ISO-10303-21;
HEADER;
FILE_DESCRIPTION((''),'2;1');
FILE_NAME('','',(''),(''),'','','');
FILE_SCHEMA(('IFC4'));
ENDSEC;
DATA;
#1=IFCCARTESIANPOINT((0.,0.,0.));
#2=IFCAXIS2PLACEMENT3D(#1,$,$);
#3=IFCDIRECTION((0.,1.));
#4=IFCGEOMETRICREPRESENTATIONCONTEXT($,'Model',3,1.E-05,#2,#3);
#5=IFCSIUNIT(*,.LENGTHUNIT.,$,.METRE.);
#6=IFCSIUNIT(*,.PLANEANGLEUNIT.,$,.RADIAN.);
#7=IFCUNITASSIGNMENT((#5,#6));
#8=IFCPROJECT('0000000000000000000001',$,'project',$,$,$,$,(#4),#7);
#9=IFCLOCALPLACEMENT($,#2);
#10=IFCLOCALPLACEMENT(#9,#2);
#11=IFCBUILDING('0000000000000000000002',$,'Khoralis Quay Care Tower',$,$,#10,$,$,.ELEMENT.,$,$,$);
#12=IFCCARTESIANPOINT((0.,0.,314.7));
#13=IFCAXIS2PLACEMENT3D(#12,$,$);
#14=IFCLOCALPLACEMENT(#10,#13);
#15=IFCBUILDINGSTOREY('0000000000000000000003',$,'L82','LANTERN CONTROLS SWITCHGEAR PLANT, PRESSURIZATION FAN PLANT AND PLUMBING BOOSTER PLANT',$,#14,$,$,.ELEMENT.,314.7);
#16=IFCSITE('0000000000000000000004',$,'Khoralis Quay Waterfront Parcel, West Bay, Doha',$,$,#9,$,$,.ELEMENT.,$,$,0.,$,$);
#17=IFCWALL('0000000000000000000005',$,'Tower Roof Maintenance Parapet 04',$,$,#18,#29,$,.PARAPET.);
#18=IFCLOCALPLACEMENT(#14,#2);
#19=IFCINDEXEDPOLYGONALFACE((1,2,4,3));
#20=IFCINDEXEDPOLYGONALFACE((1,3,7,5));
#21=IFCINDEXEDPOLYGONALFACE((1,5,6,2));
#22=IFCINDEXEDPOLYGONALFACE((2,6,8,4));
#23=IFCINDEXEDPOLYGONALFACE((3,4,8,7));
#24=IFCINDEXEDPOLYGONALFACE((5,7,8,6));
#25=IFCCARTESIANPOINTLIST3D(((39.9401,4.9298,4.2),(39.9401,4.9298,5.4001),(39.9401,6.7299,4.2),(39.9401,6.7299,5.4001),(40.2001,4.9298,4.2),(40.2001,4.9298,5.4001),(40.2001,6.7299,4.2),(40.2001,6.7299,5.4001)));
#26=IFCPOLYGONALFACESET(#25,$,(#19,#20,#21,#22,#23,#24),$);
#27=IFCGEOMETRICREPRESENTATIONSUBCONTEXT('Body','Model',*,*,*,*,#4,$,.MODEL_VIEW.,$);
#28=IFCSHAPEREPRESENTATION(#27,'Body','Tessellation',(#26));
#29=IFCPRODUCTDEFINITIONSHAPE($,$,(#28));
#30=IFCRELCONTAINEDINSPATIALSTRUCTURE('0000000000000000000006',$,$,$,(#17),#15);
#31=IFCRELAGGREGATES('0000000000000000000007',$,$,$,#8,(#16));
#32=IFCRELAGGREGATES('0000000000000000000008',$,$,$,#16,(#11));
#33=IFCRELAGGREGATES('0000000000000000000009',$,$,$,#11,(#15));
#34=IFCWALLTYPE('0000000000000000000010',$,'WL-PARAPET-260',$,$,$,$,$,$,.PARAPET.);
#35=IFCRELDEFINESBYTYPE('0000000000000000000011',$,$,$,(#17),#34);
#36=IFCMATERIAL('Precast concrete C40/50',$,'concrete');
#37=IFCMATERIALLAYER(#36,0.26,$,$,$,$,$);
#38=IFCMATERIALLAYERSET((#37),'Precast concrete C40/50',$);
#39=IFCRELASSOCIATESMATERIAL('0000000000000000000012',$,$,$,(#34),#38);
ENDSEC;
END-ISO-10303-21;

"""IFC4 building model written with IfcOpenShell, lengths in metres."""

from ifc_helpers import new_model, si_unit, direction, frame, frame_2d, origin, place, context, subcontext, project, spatial, rectangle, extrude, material, layer, layer_set, type_object, element, save


model = new_model("IFC4")

# Units and contexts
model_context = context("Model", 3, precision=1e-05, world=origin(), true_north=direction((0.0, 1.0)))
body_context = subcontext(model_context, "Body", "Model", "MODEL_VIEW")
ifc_project = project(units=[si_unit("LENGTHUNIT", "METRE"), si_unit("PLANEANGLEUNIT", "RADIAN")], contexts=[model_context])

# Site, building, storey
site_placement = place(None, origin())
site = spatial("IfcSite", under=ifc_project, at=site_placement, Name="Khoralis Quay Waterfront Parcel, West Bay, Doha", CompositionType="ELEMENT", RefElevation=0.0)
building_placement = place(site_placement, origin())
building = spatial("IfcBuilding", under=site, at=building_placement, Name="Khoralis Quay Care Tower", CompositionType="ELEMENT")
storey_placement = place(building_placement, frame((0.0, 0.0, 314.7)))
storey = spatial("IfcBuildingStorey", under=building, at=storey_placement, Name="L82", Description="LANTERN CONTROLS SWITCHGEAR PLANT, PRESSURIZATION FAN PLANT AND PLUMBING BOOSTER PLANT", CompositionType="ELEMENT", Elevation=314.7)

# Wall
ifc_material_1 = material(Name="Precast concrete C40/50", Category="concrete")
ifc_layer_1 = layer(ifc_material_1, 0.26)
ifc_layer_set_1 = layer_set([ifc_layer_1], Name="Precast concrete C40/50")
wall_type = type_object("IfcWallType", Name="WL-PARAPET-260", PredefinedType="PARAPET", material=ifc_layer_set_1)
wall_placement = place(storey_placement, frame((40.0701, 4.9299, 4.2), z_axis=(0.0, 0.0, 1.0), x_axis=(0.0, 1.0, 0.0)))
element("IfcWall", 1, at=wall_placement, inside=storey, type_object=wall_type, Name="Tower Roof Maintenance Parapet 04", PredefinedType="PARAPET", context=body_context, shape_type="SweptSolid", body=[
    extrude(rectangle(XDim=1.8, YDim=0.26, at=frame_2d((0.8999, 0.0))), origin(), (0.0, 0.0, 1.0), 1.2002),
])

save(model, "model.ifc")
